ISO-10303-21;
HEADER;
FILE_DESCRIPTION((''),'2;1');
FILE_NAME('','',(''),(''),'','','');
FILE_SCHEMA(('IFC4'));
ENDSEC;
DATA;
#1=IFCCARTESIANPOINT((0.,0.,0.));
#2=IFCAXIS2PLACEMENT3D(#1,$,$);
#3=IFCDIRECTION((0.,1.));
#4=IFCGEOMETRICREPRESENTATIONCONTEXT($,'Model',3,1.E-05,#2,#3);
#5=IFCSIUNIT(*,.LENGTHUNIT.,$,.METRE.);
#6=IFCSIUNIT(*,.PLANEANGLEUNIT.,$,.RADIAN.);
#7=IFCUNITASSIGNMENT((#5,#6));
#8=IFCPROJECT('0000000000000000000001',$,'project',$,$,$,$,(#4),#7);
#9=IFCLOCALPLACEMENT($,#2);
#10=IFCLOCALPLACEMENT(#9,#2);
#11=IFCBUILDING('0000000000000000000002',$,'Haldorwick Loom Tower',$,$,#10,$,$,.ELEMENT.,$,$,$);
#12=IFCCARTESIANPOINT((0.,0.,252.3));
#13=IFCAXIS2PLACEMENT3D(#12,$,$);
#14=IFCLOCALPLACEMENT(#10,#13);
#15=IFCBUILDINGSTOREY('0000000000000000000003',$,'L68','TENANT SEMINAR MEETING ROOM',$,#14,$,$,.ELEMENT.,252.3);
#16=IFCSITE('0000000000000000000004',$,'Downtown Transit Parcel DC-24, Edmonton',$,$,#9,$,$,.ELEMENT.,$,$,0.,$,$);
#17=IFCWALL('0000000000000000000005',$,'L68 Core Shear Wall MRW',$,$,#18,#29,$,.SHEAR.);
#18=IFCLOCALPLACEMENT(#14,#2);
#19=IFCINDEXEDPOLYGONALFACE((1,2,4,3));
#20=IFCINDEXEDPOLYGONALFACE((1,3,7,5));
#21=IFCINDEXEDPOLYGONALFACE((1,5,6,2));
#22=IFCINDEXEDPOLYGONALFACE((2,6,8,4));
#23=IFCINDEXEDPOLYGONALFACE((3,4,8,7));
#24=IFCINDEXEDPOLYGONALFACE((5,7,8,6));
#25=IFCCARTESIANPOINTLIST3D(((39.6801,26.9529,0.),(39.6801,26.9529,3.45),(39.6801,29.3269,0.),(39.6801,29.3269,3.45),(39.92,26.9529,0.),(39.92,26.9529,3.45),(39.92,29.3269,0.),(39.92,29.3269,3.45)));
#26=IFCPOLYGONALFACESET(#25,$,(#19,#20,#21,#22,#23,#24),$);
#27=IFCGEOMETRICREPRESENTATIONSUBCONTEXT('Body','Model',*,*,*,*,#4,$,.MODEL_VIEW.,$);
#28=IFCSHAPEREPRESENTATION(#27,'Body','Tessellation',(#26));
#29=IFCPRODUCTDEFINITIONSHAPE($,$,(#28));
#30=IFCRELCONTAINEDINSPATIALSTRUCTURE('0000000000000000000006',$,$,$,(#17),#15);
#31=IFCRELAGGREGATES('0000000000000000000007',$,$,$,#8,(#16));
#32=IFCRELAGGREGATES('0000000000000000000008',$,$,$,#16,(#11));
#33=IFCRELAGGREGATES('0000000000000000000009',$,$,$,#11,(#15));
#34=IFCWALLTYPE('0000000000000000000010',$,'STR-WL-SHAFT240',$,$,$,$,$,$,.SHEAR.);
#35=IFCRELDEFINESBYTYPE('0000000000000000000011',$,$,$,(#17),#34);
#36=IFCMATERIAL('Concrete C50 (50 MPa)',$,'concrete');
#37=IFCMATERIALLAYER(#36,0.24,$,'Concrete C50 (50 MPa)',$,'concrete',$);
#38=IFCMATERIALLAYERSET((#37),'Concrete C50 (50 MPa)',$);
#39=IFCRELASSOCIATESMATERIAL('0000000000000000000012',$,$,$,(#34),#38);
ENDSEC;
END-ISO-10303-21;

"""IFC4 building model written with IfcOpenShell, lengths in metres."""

from ifc_helpers import new_model, si_unit, direction, frame, frame_2d, origin, place, context, subcontext, project, spatial, rectangle, extrude, material, layer, layer_set, type_object, element, save


model = new_model("IFC4")

# Units and contexts
model_context = context("Model", 3, precision=1e-05, world=origin(), true_north=direction((0.0, 1.0)))
body_context = subcontext(model_context, "Body", "Model", "MODEL_VIEW")
ifc_project = project(units=[si_unit("LENGTHUNIT", "METRE"), si_unit("PLANEANGLEUNIT", "RADIAN")], contexts=[model_context])

# Site, building, storey
site_placement = place(None, origin())
site = spatial("IfcSite", under=ifc_project, at=site_placement, Name="Downtown Transit Parcel DC-24, Edmonton", CompositionType="ELEMENT", RefElevation=0.0)
building_placement = place(site_placement, origin())
building = spatial("IfcBuilding", under=site, at=building_placement, Name="Haldorwick Loom Tower", CompositionType="ELEMENT")
storey_placement = place(building_placement, frame((0.0, 0.0, 252.3)))
storey = spatial("IfcBuildingStorey", under=building, at=storey_placement, Name="L68", Description="TENANT SEMINAR MEETING ROOM", CompositionType="ELEMENT", Elevation=252.3)

# Shared definitions
ifc_material_1 = material(Name="Concrete C50 (50 MPa)", Category="concrete")

# Wall
ifc_layer_1 = layer(ifc_material_1, 0.24, Name="Concrete C50 (50 MPa)", Category="concrete")
ifc_layer_set_1 = layer_set([ifc_layer_1], Name="Concrete C50 (50 MPa)")
wall_type_1 = type_object("IfcWallType", Name="STR-WL-SHAFT240", PredefinedType="SHEAR", material=ifc_layer_set_1)
for number, where, z_axis, x_axis, name in (
    (1, (39.8, 26.9529, 0.0), (0.0, 0.0, 1.0), (0.0, 1.0, 0.0), "L68 Core Shear Wall MRW"),
):
    element("IfcWall", number, at=place(storey_placement, frame(where, z_axis=z_axis, x_axis=x_axis)), inside=storey, type_object=wall_type_1, Name=name, PredefinedType="SHEAR", context=body_context, shape_type="SweptSolid", body=[
        extrude(rectangle(XDim=2.374, YDim=0.24, at=frame_2d((1.187, 0.0))), origin(), (0.0, 0.0, 1.0), 3.45),
    ])

save(model, "model.ifc")
